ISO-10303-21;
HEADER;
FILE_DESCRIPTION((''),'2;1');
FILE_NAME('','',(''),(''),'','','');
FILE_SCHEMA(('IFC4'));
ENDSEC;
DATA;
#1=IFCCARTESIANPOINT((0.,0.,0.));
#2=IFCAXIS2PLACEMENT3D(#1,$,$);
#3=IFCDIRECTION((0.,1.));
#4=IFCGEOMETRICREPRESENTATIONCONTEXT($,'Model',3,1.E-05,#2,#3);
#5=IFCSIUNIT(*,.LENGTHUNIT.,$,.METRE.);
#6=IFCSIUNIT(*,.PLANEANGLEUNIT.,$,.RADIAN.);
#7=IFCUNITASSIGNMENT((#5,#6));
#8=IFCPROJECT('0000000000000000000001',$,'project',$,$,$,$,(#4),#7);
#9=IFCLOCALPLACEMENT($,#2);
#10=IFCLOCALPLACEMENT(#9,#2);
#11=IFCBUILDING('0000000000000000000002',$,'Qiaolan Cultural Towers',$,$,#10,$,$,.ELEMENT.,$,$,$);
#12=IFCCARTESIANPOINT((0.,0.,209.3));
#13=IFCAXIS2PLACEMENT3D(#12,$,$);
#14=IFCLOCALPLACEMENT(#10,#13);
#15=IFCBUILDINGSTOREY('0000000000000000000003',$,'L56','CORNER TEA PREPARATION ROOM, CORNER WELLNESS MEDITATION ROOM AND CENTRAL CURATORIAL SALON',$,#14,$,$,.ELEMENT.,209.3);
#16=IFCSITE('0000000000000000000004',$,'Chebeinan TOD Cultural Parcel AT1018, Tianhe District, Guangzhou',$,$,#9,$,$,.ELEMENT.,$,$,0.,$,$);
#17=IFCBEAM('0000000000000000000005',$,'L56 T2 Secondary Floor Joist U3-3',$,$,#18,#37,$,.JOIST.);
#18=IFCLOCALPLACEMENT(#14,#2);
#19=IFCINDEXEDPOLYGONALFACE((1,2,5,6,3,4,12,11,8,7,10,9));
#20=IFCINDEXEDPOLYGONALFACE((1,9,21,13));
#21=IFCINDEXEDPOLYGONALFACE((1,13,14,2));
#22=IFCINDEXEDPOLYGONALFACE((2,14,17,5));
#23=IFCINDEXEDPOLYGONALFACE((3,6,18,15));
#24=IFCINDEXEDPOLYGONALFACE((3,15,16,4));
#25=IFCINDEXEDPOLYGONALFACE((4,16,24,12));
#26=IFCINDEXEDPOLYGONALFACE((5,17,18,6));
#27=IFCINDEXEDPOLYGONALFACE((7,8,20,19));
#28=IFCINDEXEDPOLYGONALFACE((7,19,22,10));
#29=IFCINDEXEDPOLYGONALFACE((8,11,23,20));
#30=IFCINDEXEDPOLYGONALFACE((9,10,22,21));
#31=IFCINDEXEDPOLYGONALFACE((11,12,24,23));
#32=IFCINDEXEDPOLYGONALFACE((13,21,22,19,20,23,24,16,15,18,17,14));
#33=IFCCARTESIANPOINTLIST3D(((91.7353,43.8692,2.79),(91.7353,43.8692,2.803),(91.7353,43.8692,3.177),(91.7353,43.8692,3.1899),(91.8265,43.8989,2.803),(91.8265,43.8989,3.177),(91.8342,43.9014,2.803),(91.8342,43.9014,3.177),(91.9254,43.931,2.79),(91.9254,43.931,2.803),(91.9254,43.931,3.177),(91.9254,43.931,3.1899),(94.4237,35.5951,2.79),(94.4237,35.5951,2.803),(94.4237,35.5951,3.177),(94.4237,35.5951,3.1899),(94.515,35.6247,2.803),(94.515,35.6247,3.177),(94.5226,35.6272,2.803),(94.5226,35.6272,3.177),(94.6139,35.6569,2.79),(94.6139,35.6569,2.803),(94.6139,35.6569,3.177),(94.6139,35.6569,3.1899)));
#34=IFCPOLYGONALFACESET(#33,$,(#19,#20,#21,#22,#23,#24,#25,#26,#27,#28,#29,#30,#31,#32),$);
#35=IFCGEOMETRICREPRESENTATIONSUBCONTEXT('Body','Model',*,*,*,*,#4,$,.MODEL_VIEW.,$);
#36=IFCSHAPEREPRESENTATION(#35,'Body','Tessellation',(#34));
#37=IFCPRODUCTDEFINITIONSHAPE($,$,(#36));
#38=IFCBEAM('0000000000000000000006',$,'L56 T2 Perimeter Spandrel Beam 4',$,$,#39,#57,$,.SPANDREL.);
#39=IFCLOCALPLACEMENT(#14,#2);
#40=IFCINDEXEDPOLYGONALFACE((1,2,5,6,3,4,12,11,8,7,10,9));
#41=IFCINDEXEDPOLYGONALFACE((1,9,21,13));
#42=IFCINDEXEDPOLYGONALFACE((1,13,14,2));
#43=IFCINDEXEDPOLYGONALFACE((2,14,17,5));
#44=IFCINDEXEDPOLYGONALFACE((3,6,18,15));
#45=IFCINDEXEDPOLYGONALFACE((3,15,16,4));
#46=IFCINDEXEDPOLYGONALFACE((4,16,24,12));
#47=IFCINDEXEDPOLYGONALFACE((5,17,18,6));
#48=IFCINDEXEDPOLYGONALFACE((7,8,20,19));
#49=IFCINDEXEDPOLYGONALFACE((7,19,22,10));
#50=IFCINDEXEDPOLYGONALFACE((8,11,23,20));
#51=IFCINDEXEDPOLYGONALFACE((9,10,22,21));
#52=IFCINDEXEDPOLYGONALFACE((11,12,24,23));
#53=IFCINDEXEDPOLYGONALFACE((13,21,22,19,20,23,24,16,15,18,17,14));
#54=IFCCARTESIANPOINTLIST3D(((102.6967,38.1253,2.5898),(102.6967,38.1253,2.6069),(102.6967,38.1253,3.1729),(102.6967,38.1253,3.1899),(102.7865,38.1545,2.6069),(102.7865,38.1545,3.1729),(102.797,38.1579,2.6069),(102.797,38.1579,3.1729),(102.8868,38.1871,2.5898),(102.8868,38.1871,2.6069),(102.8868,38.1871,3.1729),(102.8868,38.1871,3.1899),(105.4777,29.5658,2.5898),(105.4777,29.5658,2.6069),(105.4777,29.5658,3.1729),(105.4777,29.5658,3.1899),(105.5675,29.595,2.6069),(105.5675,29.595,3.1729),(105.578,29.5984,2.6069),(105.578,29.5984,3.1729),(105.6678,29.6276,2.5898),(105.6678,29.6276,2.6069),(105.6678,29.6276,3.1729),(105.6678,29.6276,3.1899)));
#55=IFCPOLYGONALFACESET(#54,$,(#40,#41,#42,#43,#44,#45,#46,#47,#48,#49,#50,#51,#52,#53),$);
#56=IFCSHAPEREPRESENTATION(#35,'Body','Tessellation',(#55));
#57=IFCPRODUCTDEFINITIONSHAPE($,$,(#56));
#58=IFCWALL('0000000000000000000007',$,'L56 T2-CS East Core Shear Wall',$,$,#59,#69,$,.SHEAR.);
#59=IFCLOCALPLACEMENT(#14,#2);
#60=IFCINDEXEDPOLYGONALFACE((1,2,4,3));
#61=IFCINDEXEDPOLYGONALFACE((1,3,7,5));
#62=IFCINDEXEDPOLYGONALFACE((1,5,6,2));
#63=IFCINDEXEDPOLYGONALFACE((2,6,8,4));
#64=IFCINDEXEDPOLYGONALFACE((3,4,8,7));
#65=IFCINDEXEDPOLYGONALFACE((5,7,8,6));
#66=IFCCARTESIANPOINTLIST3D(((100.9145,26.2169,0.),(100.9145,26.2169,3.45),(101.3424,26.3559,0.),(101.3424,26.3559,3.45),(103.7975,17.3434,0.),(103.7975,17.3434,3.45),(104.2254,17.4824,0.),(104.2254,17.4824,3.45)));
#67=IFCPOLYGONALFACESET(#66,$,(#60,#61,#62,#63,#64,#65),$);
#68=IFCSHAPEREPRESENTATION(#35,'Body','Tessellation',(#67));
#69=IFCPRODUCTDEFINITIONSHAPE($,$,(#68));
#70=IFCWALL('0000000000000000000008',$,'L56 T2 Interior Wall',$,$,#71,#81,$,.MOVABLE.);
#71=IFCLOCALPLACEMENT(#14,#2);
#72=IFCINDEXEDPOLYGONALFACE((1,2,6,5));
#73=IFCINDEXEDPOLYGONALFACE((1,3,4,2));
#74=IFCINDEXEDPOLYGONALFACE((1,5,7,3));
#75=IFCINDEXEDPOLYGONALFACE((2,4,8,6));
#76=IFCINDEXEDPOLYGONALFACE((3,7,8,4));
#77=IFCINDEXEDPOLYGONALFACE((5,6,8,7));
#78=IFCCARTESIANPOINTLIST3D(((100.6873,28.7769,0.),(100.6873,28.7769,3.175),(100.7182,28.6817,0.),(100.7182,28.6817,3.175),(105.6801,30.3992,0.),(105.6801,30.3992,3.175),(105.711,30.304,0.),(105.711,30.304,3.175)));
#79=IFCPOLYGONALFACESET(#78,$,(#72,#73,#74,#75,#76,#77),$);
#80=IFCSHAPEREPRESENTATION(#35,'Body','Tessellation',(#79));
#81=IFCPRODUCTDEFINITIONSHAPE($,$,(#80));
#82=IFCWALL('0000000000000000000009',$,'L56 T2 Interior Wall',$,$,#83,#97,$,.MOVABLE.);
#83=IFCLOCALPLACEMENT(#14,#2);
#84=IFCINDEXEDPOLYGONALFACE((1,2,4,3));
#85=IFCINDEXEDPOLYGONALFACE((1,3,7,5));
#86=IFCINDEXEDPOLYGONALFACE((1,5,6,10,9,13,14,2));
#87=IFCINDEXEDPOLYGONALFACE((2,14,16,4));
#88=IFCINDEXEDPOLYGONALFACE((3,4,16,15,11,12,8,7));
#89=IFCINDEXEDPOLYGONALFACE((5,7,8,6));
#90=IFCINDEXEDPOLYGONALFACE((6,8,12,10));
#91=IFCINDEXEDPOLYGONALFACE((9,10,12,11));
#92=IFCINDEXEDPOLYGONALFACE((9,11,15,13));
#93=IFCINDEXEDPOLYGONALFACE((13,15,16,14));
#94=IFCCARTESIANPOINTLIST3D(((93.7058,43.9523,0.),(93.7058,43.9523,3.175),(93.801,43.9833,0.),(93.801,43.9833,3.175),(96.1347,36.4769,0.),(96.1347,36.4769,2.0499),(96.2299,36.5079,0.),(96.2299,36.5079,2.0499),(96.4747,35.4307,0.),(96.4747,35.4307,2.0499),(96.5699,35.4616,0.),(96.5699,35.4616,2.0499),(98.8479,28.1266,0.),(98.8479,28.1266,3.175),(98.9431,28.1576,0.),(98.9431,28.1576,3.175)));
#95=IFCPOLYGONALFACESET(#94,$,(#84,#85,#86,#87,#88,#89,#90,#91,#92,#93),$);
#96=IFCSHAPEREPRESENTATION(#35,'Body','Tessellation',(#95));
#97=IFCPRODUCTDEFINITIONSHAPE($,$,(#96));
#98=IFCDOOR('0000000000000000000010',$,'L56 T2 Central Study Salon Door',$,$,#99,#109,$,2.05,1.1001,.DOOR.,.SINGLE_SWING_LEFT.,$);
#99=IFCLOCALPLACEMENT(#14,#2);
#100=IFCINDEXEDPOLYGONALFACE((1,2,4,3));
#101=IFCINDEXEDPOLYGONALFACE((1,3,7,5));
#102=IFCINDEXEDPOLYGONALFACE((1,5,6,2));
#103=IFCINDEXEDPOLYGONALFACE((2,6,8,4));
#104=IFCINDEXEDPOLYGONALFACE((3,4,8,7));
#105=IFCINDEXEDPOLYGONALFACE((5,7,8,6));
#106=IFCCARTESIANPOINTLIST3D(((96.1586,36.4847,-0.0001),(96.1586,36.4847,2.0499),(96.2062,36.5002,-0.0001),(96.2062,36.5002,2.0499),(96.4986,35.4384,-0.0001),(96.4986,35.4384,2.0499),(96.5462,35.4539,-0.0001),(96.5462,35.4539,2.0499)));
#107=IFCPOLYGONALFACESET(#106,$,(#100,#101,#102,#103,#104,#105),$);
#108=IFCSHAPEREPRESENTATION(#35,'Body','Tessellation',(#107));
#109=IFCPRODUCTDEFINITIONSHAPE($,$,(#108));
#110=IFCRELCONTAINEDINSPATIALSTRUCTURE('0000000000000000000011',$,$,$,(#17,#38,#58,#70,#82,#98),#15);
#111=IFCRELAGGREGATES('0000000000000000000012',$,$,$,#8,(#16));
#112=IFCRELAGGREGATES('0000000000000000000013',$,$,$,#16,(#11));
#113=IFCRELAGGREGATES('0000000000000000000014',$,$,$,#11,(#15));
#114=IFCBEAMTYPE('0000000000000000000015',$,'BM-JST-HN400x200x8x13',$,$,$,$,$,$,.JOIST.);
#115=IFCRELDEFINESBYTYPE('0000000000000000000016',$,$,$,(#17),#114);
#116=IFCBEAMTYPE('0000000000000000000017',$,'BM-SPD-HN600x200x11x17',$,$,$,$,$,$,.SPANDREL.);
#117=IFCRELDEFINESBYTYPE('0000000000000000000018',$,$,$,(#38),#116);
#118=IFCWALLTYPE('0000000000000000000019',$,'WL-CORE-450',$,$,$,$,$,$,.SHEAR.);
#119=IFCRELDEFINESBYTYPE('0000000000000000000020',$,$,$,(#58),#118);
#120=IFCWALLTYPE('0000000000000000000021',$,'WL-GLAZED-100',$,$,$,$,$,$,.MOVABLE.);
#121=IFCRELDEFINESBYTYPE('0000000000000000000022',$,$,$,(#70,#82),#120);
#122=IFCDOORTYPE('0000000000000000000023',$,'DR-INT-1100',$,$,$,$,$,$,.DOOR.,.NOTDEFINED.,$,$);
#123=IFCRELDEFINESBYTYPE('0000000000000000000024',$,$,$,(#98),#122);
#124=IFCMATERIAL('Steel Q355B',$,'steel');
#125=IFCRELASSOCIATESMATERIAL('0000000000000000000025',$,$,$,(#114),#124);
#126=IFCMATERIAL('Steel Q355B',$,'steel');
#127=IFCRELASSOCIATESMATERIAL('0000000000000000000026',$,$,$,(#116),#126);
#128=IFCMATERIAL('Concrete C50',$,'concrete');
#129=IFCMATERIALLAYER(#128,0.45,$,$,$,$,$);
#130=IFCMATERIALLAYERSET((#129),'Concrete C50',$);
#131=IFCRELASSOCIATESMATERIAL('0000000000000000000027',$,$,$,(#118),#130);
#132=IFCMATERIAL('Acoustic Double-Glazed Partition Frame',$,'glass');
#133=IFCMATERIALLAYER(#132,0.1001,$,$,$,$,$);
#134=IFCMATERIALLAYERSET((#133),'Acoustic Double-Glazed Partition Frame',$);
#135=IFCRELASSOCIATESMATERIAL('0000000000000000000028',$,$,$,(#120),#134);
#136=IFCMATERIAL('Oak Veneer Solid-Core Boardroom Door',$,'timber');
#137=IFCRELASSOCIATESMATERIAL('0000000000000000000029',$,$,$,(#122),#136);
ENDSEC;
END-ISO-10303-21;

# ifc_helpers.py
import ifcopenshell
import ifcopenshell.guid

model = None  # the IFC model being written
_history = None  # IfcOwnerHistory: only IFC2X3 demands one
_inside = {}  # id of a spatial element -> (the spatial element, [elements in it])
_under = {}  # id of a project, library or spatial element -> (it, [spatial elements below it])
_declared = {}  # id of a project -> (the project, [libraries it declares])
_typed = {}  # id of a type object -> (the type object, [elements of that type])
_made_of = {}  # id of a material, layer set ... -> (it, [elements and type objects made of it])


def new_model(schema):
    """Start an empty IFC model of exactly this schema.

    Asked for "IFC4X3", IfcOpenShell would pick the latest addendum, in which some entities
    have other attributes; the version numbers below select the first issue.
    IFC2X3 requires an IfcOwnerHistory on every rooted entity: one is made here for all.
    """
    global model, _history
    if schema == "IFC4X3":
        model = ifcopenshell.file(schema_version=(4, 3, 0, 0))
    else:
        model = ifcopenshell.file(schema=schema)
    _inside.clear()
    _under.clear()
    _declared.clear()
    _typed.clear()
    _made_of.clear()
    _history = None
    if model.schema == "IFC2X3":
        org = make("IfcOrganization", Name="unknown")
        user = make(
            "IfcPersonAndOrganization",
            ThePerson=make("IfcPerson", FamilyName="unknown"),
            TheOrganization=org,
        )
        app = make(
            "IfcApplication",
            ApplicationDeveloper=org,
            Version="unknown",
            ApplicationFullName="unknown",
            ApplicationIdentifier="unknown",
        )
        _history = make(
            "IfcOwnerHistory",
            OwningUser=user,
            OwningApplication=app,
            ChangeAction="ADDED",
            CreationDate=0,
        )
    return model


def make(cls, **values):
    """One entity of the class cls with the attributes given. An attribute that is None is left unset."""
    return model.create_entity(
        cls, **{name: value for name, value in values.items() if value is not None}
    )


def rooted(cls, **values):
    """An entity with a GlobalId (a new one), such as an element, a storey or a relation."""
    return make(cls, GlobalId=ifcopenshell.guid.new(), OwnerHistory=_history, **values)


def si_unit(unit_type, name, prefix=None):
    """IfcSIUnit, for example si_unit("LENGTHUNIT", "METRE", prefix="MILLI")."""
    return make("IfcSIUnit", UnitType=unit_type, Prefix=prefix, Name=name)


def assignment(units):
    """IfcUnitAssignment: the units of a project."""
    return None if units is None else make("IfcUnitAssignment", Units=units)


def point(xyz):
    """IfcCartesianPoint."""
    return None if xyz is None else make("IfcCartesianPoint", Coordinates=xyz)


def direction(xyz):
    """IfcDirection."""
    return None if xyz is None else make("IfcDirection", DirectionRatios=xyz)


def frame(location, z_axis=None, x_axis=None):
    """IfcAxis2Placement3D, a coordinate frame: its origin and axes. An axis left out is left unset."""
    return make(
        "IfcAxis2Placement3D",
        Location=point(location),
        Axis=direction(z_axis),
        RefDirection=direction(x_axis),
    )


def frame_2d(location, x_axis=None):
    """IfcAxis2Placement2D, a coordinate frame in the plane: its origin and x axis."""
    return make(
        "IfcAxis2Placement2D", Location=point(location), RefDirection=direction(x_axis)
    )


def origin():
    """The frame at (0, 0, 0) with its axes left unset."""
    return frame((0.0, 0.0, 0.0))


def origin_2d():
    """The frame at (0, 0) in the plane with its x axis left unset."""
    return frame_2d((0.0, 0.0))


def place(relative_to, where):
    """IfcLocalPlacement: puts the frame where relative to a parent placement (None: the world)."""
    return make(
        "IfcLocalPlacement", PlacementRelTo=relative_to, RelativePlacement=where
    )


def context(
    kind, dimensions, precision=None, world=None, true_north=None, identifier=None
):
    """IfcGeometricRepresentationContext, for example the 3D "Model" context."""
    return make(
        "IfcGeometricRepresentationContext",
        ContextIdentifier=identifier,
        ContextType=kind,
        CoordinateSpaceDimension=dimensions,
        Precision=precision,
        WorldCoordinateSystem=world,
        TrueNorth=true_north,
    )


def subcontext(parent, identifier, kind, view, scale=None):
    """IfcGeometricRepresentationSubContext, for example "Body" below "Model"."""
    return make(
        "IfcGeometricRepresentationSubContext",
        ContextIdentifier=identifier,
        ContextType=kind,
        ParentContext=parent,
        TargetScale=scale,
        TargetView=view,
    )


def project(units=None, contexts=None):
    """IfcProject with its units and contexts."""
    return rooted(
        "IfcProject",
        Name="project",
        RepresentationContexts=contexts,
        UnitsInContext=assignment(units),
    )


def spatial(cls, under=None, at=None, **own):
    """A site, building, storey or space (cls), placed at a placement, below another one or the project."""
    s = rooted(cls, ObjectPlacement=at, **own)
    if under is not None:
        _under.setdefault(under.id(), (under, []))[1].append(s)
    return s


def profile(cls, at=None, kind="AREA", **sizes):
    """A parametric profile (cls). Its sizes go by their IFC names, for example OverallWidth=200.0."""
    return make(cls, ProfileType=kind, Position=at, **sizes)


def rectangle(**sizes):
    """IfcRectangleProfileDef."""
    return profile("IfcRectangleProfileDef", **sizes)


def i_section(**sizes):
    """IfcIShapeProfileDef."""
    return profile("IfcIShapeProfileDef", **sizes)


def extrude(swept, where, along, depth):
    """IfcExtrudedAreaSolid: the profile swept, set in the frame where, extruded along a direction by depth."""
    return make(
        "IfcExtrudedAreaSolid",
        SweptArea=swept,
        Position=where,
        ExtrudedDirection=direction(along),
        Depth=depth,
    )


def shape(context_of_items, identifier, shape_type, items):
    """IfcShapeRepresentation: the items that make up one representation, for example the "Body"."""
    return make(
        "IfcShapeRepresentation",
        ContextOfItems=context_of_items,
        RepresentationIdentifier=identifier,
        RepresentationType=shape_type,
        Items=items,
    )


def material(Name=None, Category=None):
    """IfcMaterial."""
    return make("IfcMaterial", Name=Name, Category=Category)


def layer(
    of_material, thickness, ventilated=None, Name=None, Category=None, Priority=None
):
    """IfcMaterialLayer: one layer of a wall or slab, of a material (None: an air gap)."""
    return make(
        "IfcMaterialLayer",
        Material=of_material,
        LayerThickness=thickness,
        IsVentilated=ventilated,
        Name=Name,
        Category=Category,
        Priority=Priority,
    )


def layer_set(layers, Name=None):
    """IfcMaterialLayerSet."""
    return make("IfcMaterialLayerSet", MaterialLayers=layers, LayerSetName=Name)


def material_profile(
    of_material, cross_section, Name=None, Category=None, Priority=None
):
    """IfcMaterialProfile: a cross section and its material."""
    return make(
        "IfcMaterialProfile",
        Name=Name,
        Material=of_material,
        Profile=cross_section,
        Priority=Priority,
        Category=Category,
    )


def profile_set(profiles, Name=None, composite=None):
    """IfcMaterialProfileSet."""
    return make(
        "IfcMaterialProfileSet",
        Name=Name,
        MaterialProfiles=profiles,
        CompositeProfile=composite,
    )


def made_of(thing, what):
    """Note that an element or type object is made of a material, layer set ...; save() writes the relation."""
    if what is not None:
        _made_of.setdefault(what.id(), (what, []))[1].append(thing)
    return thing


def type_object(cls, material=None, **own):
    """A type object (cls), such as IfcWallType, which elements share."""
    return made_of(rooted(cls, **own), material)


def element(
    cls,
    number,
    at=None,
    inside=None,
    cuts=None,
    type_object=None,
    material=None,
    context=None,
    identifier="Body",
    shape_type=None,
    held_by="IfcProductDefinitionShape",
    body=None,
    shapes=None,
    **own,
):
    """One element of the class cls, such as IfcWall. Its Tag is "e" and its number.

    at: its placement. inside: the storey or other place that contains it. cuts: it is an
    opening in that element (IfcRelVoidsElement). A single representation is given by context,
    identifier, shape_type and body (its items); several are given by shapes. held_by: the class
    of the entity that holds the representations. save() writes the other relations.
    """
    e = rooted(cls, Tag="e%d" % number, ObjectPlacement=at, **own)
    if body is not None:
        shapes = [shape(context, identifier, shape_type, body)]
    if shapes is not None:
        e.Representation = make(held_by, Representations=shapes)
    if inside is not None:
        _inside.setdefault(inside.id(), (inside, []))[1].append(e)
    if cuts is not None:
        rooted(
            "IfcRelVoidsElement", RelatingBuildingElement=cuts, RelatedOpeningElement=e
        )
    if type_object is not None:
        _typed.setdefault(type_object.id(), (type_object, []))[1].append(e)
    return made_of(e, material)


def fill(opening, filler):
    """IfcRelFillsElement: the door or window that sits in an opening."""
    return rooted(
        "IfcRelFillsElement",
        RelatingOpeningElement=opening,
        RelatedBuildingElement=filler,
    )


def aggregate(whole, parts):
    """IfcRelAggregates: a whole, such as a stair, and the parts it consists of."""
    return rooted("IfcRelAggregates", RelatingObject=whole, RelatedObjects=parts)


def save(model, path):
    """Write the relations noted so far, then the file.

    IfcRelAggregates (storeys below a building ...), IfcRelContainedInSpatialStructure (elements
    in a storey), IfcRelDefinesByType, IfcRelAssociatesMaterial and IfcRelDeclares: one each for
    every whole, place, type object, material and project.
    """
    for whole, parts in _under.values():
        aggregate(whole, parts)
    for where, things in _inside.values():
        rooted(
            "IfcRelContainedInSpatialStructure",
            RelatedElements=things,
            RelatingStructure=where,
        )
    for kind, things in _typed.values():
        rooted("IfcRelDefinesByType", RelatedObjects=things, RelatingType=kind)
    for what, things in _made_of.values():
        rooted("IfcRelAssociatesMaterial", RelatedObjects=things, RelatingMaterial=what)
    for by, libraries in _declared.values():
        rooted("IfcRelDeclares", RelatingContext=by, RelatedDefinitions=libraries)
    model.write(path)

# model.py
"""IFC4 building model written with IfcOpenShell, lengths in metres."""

from ifc_helpers import new_model, si_unit, direction, frame, frame_2d, origin, origin_2d, place, context, subcontext, project, spatial, rectangle, i_section, extrude, material, layer, layer_set, material_profile, profile_set, type_object, element, fill, save


model = new_model("IFC4")

# Units and contexts
model_context = context("Model", 3, precision=1e-05, world=origin(), true_north=direction((0.0, 1.0)))
body_context = subcontext(model_context, "Body", "Model", "MODEL_VIEW")
ifc_project = project(units=[si_unit("LENGTHUNIT", "METRE"), si_unit("PLANEANGLEUNIT", "RADIAN")], contexts=[model_context])

# Site, building, storey
site_placement = place(None, origin())
site = spatial("IfcSite", under=ifc_project, at=site_placement, Name="Chebeinan TOD Cultural Parcel AT1018, Tianhe District, Guangzhou", CompositionType="ELEMENT", RefElevation=0.0)
building_placement = place(site_placement, origin())
building = spatial("IfcBuilding", under=site, at=building_placement, Name="Qiaolan Cultural Towers", CompositionType="ELEMENT")
storey_placement = place(building_placement, frame((0.0, 0.0, 209.3)))
storey = spatial("IfcBuildingStorey", under=building, at=storey_placement, Name="L56", Description="CORNER TEA PREPARATION ROOM, CORNER WELLNESS MEDITATION ROOM AND CENTRAL CURATORIAL SALON", CompositionType="ELEMENT", Elevation=209.3)

# Beams
ifc_material_1 = material(Name="Steel Q355B", Category="steel")
ifc_material_profile_1 = material_profile(ifc_material_1, i_section(OverallWidth=0.2, OverallDepth=0.3999, WebThickness=0.0081, FlangeThickness=0.0129, at=origin_2d()), Name="HN400x200x8x13")
ifc_profile_set_1 = profile_set([ifc_material_profile_1], Name="Steel Q355B")
beam_type_1 = type_object("IfcBeamType", Name="BM-JST-HN400x200x8x13", PredefinedType="JOIST", material=ifc_profile_set_1)
for number, where, z_axis, x_axis, name in (
    (1, (94.5188, 35.626, 2.99), (-0.309021, 0.951055, 0.0), (-0.951055, -0.309021, 0.0), "L56 T2 Secondary Floor Joist U3-3"),
):
    element("IfcBeam", number, at=place(storey_placement, frame(where, z_axis=z_axis, x_axis=x_axis)), inside=storey, type_object=beam_type_1, Name=name, PredefinedType="JOIST", context=body_context, shape_type="SweptSolid", body=[
        extrude(i_section(OverallWidth=0.2, OverallDepth=0.3999, WebThickness=0.0081, FlangeThickness=0.0129, at=origin_2d()), origin(), (0.0, 0.0, 1.0), 8.7),
    ])
ifc_material_2 = material(Name="Steel Q355B", Category="steel")
ifc_material_profile_2 = material_profile(ifc_material_2, i_section(OverallWidth=0.2, OverallDepth=0.6001, WebThickness=0.011, FlangeThickness=0.0171, at=origin_2d()), Name="HN600x200x11x17")
ifc_profile_set_2 = profile_set([ifc_material_profile_2], Name="Steel Q355B")
beam_type_2 = type_object("IfcBeamType", Name="BM-SPD-HN600x200x11x17", PredefinedType="SPANDREL", material=ifc_profile_set_2)
beam_1_placement = place(storey_placement, frame((105.5728, 29.5967, 2.8899), z_axis=(-0.309, 0.951062, 0.0), x_axis=(-0.951062, -0.309, 0.0)))
element("IfcBeam", 2, at=beam_1_placement, inside=storey, type_object=beam_type_2, Name="L56 T2 Perimeter Spandrel Beam 4", PredefinedType="SPANDREL", context=body_context, shape_type="SweptSolid", body=[
    extrude(i_section(OverallWidth=0.2, OverallDepth=0.6001, WebThickness=0.011, FlangeThickness=0.0171, at=origin_2d()), origin(), (0.0, 0.0, 1.0), 9.0),
])

# Walls
ifc_material_3 = material(Name="Concrete C50", Category="concrete")
ifc_layer_1 = layer(ifc_material_3, 0.45)
ifc_layer_set_1 = layer_set([ifc_layer_1], Name="Concrete C50")
wall_type_1 = type_object("IfcWallType", Name="WL-CORE-450", PredefinedType="SHEAR", material=ifc_layer_set_1)
wall_1_placement = place(storey_placement, frame((101.1284, 26.2864, 0.0), z_axis=(0.0, 0.0, 1.0), x_axis=(0.309004, -0.951061, 0.0)))
element("IfcWall", 3, at=wall_1_placement, inside=storey, type_object=wall_type_1, Name="L56 T2-CS East Core Shear Wall", PredefinedType="SHEAR", context=body_context, shape_type="SweptSolid", body=[
    extrude(rectangle(XDim=9.3301, YDim=0.45, at=frame_2d((4.665, 0.0))), origin(), (0.0, 0.0, 1.0), 3.45),
])
ifc_material_4 = material(Name="Acoustic Double-Glazed Partition Frame", Category="glass")
ifc_layer_2 = layer(ifc_material_4, 0.1001)
ifc_layer_set_2 = layer_set([ifc_layer_2], Name="Acoustic Double-Glazed Partition Frame")
wall_type_2 = type_object("IfcWallType", Name="WL-GLAZED-100", PredefinedType="MOVABLE", material=ifc_layer_set_2)
wall_2_placement = place(storey_placement, frame((100.7026, 28.7292, 0.0), z_axis=(0.0, 0.0, 1.0), x_axis=(0.951056, 0.30902, 0.0)))
element("IfcWall", 4, at=wall_2_placement, inside=storey, type_object=wall_type_2, Name="L56 T2 Interior Wall", PredefinedType="MOVABLE", context=body_context, shape_type="SweptSolid", body=[
    extrude(rectangle(XDim=5.2498, YDim=0.1001, at=frame_2d((2.625, 0.0))), origin(), (0.0, 0.0, 1.0), 3.175),
])

# Wall, opening, door
wall_3_placement = place(storey_placement, frame((98.8955, 28.1421, 0.0), z_axis=(0.0, 0.0, 1.0), x_axis=(-0.309018, 0.951056, 0.0)))
wall_3 = element("IfcWall", 5, at=wall_3_placement, inside=storey, type_object=wall_type_2, Name="L56 T2 Interior Wall", PredefinedType="MOVABLE", context=body_context, shape_type="SweptSolid", body=[
    extrude(rectangle(XDim=16.6401, YDim=0.1001, at=frame_2d((8.3201, 0.0))), origin(), (0.0, 0.0, 1.0), 3.175),
])
opening_1_placement = place(wall_3_placement, frame((7.6799, 0.0, 0.0)))
opening_1 = element("IfcOpeningElement", 6, at=opening_1_placement, cuts=wall_3, PredefinedType="OPENING", context=body_context, shape_type="SweptSolid", body=[
    extrude(rectangle(XDim=1.1001, YDim=2.05, at=frame_2d((0.55, 1.0249))), frame((0.0, 0.0601, 0.0), z_axis=(0.0, -1.0, 0.0), x_axis=(1.0, 0.0, 0.0)), (0.0, 0.0, 1.0), 0.1201),
])
ifc_material_5 = material(Name="Oak Veneer Solid-Core Boardroom Door", Category="timber")
door_type_1 = type_object("IfcDoorType", Name="DR-INT-1100", OperationType="NOTDEFINED", PredefinedType="DOOR", material=ifc_material_5)
door_1_placement = place(opening_1_placement, origin())
door_1 = element("IfcDoor", 7, at=door_1_placement, inside=storey, type_object=door_type_1, Name="L56 T2 Central Study Salon Door", OperationType="SINGLE_SWING_LEFT", OverallHeight=2.05, OverallWidth=1.1001, PredefinedType="DOOR", context=body_context, shape_type="SweptSolid", body=[
    extrude(rectangle(XDim=1.1001, YDim=2.05, at=frame_2d((0.55, 1.0249))), frame((0.0, 0.0249, 0.0), z_axis=(0.0, -1.0, 0.0), x_axis=(1.0, 0.0, 0.0)), (0.0, 0.0, 1.0), 0.05),
])
fill(opening_1, door_1)

save(model, "model.ifc")
